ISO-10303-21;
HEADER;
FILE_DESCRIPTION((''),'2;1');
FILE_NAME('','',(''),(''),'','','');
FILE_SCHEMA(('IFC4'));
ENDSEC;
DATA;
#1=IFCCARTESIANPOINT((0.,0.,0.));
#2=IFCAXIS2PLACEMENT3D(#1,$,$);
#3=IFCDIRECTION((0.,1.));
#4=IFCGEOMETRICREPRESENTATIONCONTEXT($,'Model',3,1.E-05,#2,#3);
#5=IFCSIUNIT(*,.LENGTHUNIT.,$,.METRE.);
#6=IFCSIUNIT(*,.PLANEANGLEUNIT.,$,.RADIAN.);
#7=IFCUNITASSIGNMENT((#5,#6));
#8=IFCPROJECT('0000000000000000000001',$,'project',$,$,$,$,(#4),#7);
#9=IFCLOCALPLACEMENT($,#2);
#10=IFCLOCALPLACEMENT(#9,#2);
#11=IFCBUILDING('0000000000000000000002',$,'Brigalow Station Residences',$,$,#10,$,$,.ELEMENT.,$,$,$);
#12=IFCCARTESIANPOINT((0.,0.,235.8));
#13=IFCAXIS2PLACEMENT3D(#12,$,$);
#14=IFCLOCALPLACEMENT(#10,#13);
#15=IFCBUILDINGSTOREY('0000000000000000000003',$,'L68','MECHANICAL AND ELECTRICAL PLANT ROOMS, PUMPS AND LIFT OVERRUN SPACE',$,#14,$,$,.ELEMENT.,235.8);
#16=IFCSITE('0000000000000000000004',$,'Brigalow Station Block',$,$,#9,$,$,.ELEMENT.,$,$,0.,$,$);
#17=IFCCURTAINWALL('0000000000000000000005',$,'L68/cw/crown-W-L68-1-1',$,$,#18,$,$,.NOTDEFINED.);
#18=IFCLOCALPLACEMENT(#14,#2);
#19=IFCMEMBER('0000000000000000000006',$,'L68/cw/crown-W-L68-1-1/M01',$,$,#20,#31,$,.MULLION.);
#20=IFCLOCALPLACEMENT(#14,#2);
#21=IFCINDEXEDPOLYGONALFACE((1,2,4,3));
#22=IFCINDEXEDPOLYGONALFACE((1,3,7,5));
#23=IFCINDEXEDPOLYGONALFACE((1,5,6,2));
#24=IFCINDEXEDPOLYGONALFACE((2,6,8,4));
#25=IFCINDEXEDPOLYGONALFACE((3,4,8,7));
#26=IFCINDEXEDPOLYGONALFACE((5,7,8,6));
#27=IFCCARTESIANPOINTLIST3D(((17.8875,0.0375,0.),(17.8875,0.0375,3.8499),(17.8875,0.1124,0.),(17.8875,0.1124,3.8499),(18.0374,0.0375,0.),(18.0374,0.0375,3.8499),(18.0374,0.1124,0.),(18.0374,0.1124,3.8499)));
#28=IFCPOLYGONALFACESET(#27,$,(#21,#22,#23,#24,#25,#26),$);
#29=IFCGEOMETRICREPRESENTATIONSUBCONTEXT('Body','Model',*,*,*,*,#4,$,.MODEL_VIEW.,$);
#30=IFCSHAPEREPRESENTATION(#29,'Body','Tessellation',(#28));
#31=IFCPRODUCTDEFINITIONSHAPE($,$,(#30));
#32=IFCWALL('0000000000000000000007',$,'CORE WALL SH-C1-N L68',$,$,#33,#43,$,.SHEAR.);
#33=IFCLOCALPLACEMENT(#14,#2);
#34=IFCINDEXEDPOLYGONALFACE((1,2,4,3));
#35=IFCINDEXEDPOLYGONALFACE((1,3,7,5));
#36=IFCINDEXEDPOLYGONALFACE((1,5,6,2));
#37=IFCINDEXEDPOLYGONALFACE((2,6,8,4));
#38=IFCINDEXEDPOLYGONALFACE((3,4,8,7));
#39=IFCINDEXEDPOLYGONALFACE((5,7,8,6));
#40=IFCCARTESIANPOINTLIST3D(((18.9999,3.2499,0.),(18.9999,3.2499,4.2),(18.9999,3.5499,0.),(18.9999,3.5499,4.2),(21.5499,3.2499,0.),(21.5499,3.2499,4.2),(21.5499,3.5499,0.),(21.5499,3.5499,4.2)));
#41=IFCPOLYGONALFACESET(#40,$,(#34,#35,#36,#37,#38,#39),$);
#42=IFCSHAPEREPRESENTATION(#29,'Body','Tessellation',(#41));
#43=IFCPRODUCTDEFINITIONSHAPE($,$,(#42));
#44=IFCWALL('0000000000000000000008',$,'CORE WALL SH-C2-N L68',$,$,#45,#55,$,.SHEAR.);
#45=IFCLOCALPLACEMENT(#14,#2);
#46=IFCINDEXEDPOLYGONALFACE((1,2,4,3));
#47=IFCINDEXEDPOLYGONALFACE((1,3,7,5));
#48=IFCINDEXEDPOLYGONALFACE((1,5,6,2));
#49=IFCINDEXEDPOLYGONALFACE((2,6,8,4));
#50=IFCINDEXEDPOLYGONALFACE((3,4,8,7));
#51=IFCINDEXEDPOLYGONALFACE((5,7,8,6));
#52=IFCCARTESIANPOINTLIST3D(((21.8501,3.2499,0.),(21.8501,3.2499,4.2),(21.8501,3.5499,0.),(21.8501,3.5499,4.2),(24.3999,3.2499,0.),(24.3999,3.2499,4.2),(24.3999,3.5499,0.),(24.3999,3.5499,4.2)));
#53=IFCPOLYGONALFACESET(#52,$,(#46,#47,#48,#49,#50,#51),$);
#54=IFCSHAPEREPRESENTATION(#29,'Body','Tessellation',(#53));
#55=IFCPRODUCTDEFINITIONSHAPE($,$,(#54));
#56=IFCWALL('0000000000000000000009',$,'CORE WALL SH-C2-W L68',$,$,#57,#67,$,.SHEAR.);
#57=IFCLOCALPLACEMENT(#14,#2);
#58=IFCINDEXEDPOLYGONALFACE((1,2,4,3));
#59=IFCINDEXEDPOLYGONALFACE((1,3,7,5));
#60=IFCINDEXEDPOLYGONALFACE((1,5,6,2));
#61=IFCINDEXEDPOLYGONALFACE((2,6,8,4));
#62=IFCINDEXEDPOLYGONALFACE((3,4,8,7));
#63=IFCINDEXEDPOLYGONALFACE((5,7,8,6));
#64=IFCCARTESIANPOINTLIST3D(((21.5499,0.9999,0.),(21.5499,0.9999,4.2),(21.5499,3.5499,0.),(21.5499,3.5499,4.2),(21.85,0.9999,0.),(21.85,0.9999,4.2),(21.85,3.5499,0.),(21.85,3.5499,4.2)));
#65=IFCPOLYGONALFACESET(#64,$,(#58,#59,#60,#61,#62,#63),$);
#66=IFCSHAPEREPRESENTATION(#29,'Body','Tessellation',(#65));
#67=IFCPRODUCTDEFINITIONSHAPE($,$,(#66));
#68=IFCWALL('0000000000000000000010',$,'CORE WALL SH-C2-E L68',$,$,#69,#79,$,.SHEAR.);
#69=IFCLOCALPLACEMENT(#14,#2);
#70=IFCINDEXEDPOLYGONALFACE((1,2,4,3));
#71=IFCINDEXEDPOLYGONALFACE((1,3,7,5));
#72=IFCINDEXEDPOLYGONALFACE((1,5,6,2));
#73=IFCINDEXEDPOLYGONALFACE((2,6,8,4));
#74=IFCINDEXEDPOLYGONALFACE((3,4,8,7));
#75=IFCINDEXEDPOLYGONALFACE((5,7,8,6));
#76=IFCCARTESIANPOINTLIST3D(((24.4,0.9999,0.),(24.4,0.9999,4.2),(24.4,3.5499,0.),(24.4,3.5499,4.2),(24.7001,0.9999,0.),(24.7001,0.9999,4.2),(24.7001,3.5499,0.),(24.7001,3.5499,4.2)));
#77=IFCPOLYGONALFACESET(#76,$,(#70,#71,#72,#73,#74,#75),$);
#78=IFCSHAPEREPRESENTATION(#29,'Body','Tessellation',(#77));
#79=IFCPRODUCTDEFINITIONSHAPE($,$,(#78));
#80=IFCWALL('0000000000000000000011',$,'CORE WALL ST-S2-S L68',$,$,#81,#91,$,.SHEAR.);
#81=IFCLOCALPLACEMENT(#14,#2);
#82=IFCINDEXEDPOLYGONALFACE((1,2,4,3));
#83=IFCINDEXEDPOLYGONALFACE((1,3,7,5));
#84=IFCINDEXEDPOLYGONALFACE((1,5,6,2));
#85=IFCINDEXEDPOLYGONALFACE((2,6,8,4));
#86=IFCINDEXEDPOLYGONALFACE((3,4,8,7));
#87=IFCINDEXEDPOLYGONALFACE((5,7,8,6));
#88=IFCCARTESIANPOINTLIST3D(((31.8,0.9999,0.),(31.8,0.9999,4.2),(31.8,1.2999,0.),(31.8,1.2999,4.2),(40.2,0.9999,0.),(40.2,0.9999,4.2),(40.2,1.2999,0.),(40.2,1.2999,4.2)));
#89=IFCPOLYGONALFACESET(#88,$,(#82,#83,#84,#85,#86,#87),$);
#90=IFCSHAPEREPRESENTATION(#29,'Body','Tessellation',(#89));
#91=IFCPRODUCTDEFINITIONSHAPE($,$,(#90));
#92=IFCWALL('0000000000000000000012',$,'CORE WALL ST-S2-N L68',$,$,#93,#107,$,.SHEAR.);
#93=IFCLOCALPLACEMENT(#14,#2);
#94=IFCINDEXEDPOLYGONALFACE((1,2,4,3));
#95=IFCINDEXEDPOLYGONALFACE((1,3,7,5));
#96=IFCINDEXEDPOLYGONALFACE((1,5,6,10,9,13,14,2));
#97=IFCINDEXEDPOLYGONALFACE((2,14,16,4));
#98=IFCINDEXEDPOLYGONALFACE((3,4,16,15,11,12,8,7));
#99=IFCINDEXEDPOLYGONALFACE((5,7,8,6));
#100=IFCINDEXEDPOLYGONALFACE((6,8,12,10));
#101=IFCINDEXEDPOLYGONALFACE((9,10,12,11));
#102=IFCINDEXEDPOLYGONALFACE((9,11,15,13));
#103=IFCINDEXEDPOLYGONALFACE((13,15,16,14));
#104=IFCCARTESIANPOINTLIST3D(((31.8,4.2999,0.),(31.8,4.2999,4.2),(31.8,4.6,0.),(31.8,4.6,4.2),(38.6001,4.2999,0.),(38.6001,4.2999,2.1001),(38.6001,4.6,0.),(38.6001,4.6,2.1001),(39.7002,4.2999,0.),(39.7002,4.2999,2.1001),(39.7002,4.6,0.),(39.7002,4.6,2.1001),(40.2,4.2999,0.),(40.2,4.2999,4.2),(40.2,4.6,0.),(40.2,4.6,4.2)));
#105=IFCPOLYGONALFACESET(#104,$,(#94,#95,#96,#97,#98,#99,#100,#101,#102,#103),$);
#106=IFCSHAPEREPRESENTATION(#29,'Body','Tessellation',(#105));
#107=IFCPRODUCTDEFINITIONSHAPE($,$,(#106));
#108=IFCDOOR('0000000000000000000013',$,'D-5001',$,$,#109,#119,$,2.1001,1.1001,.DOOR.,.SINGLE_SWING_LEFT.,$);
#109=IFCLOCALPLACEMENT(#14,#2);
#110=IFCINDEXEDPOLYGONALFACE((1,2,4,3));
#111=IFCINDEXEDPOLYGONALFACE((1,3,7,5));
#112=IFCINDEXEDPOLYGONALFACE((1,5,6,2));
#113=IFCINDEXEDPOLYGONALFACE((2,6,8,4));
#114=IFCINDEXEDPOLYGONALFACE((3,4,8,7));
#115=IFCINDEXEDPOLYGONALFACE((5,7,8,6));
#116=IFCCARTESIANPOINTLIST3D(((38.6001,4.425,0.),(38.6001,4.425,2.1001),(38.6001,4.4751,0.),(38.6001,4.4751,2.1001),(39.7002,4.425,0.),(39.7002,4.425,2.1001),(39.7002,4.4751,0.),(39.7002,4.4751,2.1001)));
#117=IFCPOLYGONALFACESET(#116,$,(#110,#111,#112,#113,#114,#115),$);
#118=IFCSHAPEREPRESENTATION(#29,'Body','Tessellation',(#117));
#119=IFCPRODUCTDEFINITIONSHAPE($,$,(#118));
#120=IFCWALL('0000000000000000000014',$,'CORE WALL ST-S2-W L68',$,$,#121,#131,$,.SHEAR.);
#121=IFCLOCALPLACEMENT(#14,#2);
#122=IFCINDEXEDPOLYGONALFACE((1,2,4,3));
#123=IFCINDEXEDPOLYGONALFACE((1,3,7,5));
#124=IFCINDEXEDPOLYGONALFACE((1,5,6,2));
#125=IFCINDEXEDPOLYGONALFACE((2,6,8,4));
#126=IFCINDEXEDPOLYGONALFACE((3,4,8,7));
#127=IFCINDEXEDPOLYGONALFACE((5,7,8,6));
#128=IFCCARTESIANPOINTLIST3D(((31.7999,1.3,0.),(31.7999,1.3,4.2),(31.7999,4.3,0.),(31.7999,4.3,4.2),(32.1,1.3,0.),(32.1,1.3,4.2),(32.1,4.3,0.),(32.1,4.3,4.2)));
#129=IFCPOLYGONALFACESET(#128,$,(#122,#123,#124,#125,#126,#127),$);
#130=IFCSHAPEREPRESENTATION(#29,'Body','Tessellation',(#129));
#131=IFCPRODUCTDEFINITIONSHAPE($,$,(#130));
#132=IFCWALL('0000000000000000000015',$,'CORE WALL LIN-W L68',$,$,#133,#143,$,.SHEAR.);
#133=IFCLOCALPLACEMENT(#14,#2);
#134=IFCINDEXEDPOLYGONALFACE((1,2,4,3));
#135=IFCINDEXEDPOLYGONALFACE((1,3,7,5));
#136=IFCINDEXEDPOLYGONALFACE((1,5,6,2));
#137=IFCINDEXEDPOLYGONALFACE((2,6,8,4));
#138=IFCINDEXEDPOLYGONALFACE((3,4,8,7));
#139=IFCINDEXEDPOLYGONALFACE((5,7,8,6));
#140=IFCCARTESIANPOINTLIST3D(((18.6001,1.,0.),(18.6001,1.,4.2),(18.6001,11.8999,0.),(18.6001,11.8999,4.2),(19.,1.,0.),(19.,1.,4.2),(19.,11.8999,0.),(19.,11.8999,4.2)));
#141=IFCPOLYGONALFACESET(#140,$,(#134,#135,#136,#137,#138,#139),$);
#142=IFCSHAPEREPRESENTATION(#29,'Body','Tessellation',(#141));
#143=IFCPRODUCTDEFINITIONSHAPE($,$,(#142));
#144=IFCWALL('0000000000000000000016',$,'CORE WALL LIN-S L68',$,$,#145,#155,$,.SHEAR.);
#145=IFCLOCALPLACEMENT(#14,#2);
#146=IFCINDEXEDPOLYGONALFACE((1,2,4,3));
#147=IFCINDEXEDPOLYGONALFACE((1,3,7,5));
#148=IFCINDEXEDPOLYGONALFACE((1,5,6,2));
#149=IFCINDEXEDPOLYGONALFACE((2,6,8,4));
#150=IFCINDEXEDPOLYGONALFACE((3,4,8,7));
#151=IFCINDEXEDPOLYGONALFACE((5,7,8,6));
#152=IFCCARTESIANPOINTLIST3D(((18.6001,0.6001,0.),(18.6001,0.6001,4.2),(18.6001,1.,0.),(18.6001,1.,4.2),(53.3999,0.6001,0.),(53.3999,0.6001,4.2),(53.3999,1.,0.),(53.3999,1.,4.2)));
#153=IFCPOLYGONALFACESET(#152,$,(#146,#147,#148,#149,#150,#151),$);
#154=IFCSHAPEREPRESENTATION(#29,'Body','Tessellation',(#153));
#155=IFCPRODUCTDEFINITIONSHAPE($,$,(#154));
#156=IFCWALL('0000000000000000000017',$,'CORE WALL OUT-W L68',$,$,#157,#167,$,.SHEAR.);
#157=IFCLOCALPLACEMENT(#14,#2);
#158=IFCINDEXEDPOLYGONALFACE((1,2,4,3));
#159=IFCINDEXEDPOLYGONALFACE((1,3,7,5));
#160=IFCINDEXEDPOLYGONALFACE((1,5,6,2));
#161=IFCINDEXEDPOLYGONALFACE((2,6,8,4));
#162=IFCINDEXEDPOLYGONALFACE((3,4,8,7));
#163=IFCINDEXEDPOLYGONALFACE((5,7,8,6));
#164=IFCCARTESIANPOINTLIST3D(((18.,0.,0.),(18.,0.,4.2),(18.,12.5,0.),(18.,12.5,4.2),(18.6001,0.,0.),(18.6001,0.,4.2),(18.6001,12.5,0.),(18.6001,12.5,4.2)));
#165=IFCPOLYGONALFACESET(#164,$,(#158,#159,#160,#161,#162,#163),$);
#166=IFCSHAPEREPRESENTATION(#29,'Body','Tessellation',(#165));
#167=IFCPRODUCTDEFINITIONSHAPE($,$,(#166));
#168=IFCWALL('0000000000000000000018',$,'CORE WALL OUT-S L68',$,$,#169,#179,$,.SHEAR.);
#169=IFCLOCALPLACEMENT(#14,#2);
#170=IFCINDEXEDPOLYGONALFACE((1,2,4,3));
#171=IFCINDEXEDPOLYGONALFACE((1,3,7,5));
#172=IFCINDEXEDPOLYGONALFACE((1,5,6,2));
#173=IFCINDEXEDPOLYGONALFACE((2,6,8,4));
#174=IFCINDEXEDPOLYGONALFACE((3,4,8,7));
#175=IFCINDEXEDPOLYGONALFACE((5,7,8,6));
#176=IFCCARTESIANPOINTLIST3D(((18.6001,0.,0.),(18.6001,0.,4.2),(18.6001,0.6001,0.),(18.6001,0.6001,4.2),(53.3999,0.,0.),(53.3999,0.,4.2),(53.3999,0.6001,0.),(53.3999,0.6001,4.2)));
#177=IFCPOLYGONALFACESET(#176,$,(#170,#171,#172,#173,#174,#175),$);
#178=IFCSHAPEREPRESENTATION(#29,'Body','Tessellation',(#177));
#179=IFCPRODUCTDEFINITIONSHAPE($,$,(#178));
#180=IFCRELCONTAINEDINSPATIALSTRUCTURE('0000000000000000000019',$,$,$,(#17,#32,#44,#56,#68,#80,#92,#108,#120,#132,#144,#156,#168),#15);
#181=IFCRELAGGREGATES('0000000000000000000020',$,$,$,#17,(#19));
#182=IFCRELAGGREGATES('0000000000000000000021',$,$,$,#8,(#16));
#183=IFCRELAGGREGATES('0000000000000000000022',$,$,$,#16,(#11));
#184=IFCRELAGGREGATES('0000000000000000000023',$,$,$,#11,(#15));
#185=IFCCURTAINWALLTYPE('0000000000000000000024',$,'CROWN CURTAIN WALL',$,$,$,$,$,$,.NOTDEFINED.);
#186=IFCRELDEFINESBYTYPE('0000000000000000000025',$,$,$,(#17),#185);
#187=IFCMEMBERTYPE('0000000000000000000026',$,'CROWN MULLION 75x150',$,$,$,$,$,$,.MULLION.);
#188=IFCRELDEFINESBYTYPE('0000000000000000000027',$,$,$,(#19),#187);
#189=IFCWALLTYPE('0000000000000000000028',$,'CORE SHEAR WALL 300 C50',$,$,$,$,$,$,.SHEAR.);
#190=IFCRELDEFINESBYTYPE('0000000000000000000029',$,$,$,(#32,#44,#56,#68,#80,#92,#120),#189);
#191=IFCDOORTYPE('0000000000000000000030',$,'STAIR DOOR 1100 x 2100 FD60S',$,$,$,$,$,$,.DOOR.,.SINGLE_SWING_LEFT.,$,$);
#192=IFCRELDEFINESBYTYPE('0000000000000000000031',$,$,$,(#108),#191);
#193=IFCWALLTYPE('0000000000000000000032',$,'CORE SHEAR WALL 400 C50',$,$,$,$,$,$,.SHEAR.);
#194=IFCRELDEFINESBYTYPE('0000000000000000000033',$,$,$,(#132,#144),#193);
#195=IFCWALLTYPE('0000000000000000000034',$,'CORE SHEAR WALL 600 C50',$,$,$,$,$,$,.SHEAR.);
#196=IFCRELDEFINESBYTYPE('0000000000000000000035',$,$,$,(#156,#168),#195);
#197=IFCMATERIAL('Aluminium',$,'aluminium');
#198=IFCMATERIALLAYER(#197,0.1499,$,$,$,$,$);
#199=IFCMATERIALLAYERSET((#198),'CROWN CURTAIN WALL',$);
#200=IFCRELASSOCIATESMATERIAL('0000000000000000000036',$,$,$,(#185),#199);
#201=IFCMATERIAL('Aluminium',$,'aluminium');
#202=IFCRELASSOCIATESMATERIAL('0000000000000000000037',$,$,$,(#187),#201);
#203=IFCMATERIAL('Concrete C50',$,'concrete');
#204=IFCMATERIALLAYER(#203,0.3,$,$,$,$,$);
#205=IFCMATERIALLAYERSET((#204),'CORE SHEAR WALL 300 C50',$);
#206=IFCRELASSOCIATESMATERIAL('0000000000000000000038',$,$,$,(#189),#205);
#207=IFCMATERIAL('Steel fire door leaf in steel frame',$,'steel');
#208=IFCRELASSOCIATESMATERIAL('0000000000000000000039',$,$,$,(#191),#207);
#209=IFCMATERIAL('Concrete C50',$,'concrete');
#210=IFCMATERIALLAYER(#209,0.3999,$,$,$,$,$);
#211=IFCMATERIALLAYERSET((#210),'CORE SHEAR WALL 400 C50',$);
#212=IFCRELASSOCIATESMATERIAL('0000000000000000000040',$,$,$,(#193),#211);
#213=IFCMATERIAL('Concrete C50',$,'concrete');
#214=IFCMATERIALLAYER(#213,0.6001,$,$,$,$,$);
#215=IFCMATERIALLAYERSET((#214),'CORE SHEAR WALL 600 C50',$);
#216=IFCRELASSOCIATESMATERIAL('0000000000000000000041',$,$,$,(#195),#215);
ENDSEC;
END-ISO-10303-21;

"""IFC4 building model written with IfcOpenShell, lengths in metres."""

from ifc_helpers import new_model, si_unit, direction, frame, frame_2d, origin, origin_2d, place, context, subcontext, project, spatial, rectangle, extrude, material, layer, layer_set, material_profile, profile_set, type_object, element, fill, aggregate, save


model = new_model("IFC4")

# Units and contexts
model_context = context("Model", 3, precision=1e-05, world=origin(), true_north=direction((0.0, 1.0)))
body_context = subcontext(model_context, "Body", "Model", "MODEL_VIEW")
ifc_project = project(units=[si_unit("LENGTHUNIT", "METRE"), si_unit("PLANEANGLEUNIT", "RADIAN")], contexts=[model_context])

# Site, building, storey
site_placement = place(None, origin())
site = spatial("IfcSite", under=ifc_project, at=site_placement, Name="Brigalow Station Block", CompositionType="ELEMENT", RefElevation=0.0)
building_placement = place(site_placement, origin())
building = spatial("IfcBuilding", under=site, at=building_placement, Name="Brigalow Station Residences", CompositionType="ELEMENT")
storey_placement = place(building_placement, frame((0.0, 0.0, 235.8)))
storey = spatial("IfcBuildingStorey", under=building, at=storey_placement, Name="L68", Description="MECHANICAL AND ELECTRICAL PLANT ROOMS, PUMPS AND LIFT OVERRUN SPACE", CompositionType="ELEMENT", Elevation=235.8)

# Curtain wall, member
ifc_material_1 = material(Name="Aluminium", Category="aluminium")
ifc_layer_1 = layer(ifc_material_1, 0.1499)
ifc_layer_set_1 = layer_set([ifc_layer_1], Name="CROWN CURTAIN WALL")
curtain_wall_type = type_object("IfcCurtainWallType", Name="CROWN CURTAIN WALL", PredefinedType="NOTDEFINED", material=ifc_layer_set_1)
curtain_wall_placement = place(storey_placement, origin())
curtain_wall = element("IfcCurtainWall", 1, at=curtain_wall_placement, inside=storey, type_object=curtain_wall_type, Name="L68/cw/crown-W-L68-1-1", PredefinedType="NOTDEFINED")
ifc_material_2 = material(Name="Aluminium", Category="aluminium")
ifc_material_profile = material_profile(ifc_material_2, rectangle(XDim=0.075, YDim=0.1499, at=origin_2d()), Name="CROWN MULLION 75x150")
ifc_profile_set = profile_set([ifc_material_profile], Name="Aluminium")
member_type = type_object("IfcMemberType", Name="CROWN MULLION 75x150", PredefinedType="MULLION", material=ifc_profile_set)
member_placement = place(storey_placement, frame((17.9624, 0.075, 0.0), z_axis=(0.0, 0.0, 1.0), x_axis=(0.0, 1.0, 0.0)))
member = element("IfcMember", 2, at=member_placement, type_object=member_type, Name="L68/cw/crown-W-L68-1-1/M01", PredefinedType="MULLION", context=body_context, shape_type="SweptSolid", body=[
    extrude(rectangle(XDim=0.075, YDim=0.1499, at=origin_2d()), origin(), (0.0, 0.0, 1.0), 3.8499),
])

# Walls
ifc_material_3 = material(Name="Concrete C50", Category="concrete")
ifc_layer_2 = layer(ifc_material_3, 0.3)
ifc_layer_set_2 = layer_set([ifc_layer_2], Name="CORE SHEAR WALL 300 C50")
wall_type_1 = type_object("IfcWallType", Name="CORE SHEAR WALL 300 C50", PredefinedType="SHEAR", material=ifc_layer_set_2)
wall_1_placement = place(storey_placement, frame((19.0, 3.3999, 0.0), z_axis=(0.0, 0.0, 1.0), x_axis=(1.0, 0.0, 0.0)))
element("IfcWall", 3, at=wall_1_placement, inside=storey, type_object=wall_type_1, Name="CORE WALL SH-C1-N L68", PredefinedType="SHEAR", context=body_context, shape_type="SweptSolid", body=[
    extrude(rectangle(XDim=2.55, YDim=0.3, at=frame_2d((1.2749, 0.0))), origin(), (0.0, 0.0, 1.0), 4.2),
])
wall_2_placement = place(storey_placement, frame((21.8501, 3.3999, 0.0), z_axis=(0.0, 0.0, 1.0), x_axis=(1.0, 0.0, 0.0)))
element("IfcWall", 4, at=wall_2_placement, inside=storey, type_object=wall_type_1, Name="CORE WALL SH-C2-N L68", PredefinedType="SHEAR", context=body_context, shape_type="SweptSolid", body=[
    extrude(rectangle(XDim=2.5498, YDim=0.3, at=frame_2d((1.2749, 0.0))), origin(), (0.0, 0.0, 1.0), 4.2),
])
for number, where, z_axis, x_axis, name in (
    (5, (21.7, 1.0, 0.0), (0.0, 0.0, 1.0), (0.0, 1.0, 0.0), "CORE WALL SH-C2-W L68"),
    (6, (24.55, 1.0, 0.0), (0.0, 0.0, 1.0), (0.0, 1.0, 0.0), "CORE WALL SH-C2-E L68"),
):
    element("IfcWall", number, at=place(storey_placement, frame(where, z_axis=z_axis, x_axis=x_axis)), inside=storey, type_object=wall_type_1, Name=name, PredefinedType="SHEAR", context=body_context, shape_type="SweptSolid", body=[
        extrude(rectangle(XDim=2.55, YDim=0.3, at=frame_2d((1.2749, 0.0))), origin(), (0.0, 0.0, 1.0), 4.2),
    ])
wall_3_placement = place(storey_placement, frame((31.8, 1.1499, 0.0), z_axis=(0.0, 0.0, 1.0), x_axis=(1.0, 0.0, 0.0)))
element("IfcWall", 7, at=wall_3_placement, inside=storey, type_object=wall_type_1, Name="CORE WALL ST-S2-S L68", PredefinedType="SHEAR", context=body_context, shape_type="SweptSolid", body=[
    extrude(rectangle(XDim=8.3999, YDim=0.3, at=frame_2d((4.2, 0.0))), origin(), (0.0, 0.0, 1.0), 4.2),
])

# Wall, opening, door
wall_4_placement = place(storey_placement, frame((31.8, 4.45, 0.0), z_axis=(0.0, 0.0, 1.0), x_axis=(1.0, 0.0, 0.0)))
wall_4 = element("IfcWall", 8, at=wall_4_placement, inside=storey, type_object=wall_type_1, Name="CORE WALL ST-S2-N L68", PredefinedType="SHEAR", context=body_context, shape_type="SweptSolid", body=[
    extrude(rectangle(XDim=8.3999, YDim=0.3, at=frame_2d((4.2, 0.0))), origin(), (0.0, 0.0, 1.0), 4.2),
])
opening_1_placement = place(wall_4_placement, frame((6.8, 0.0, 0.0)))
opening_1 = element("IfcOpeningElement", 9, at=opening_1_placement, cuts=wall_4, PredefinedType="OPENING", context=body_context, shape_type="SweptSolid", body=[
    extrude(rectangle(XDim=1.1001, YDim=2.1001, at=frame_2d((0.55, 1.05))), frame((0.0, 0.1602, 0.0), z_axis=(0.0, -1.0, 0.0), x_axis=(1.0, 0.0, 0.0)), (0.0, 0.0, 1.0), 0.3201),
])
ifc_material_4 = material(Name="Steel fire door leaf in steel frame", Category="steel")
door_type_1 = type_object("IfcDoorType", Name="STAIR DOOR 1100 x 2100 FD60S", OperationType="SINGLE_SWING_LEFT", PredefinedType="DOOR", material=ifc_material_4)
door_1_placement = place(opening_1_placement, frame((1.1001, 0.0, 0.0), z_axis=(0.0, 0.0, 1.0), x_axis=(-1.0, 0.0, 0.0)))
door_1 = element("IfcDoor", 10, at=door_1_placement, inside=storey, type_object=door_type_1, Name="D-5001", OperationType="SINGLE_SWING_LEFT", OverallHeight=2.1001, OverallWidth=1.1001, PredefinedType="DOOR", context=body_context, shape_type="SweptSolid", body=[
    extrude(rectangle(XDim=1.1001, YDim=2.1001, at=frame_2d((0.55, 1.05))), frame((0.0, 0.0249, 0.0), z_axis=(0.0, -1.0, 0.0), x_axis=(1.0, 0.0, 0.0)), (0.0, 0.0, 1.0), 0.05),
])
fill(opening_1, door_1)

# Walls
wall_5_placement = place(storey_placement, frame((31.95, 1.3, 0.0), z_axis=(0.0, 0.0, 1.0), x_axis=(0.0, 1.0, 0.0)))
element("IfcWall", 11, at=wall_5_placement, inside=storey, type_object=wall_type_1, Name="CORE WALL ST-S2-W L68", PredefinedType="SHEAR", context=body_context, shape_type="SweptSolid", body=[
    extrude(rectangle(XDim=3.0, YDim=0.3, at=frame_2d((1.5, 0.0))), origin(), (0.0, 0.0, 1.0), 4.2),
])
ifc_material_5 = material(Name="Concrete C50", Category="concrete")
ifc_layer_3 = layer(ifc_material_5, 0.3999)
ifc_layer_set_3 = layer_set([ifc_layer_3], Name="CORE SHEAR WALL 400 C50")
wall_type_2 = type_object("IfcWallType", Name="CORE SHEAR WALL 400 C50", PredefinedType="SHEAR", material=ifc_layer_set_3)
wall_6_placement = place(storey_placement, frame((18.8, 1.0, 0.0), z_axis=(0.0, 0.0, 1.0), x_axis=(0.0, 1.0, 0.0)))
element("IfcWall", 12, at=wall_6_placement, inside=storey, type_object=wall_type_2, Name="CORE WALL LIN-W L68", PredefinedType="SHEAR", context=body_context, shape_type="SweptSolid", body=[
    extrude(rectangle(XDim=10.8999, YDim=0.3999, at=frame_2d((5.45, 0.0))), origin(), (0.0, 0.0, 1.0), 4.2),
])
wall_7_placement = place(storey_placement, frame((18.6001, 0.8, 0.0), z_axis=(0.0, 0.0, 1.0), x_axis=(1.0, 0.0, 0.0)))
element("IfcWall", 13, at=wall_7_placement, inside=storey, type_object=wall_type_2, Name="CORE WALL LIN-S L68", PredefinedType="SHEAR", context=body_context, shape_type="SweptSolid", body=[
    extrude(rectangle(XDim=34.7998, YDim=0.3999, at=frame_2d((17.3999, 0.0))), origin(), (0.0, 0.0, 1.0), 4.2),
])
ifc_material_6 = material(Name="Concrete C50", Category="concrete")
ifc_layer_4 = layer(ifc_material_6, 0.6001)
ifc_layer_set_4 = layer_set([ifc_layer_4], Name="CORE SHEAR WALL 600 C50")
wall_type_3 = type_object("IfcWallType", Name="CORE SHEAR WALL 600 C50", PredefinedType="SHEAR", material=ifc_layer_set_4)
wall_8_placement = place(storey_placement, frame((18.3, 0.0, 0.0), z_axis=(0.0, 0.0, 1.0), x_axis=(0.0, 1.0, 0.0)))
element("IfcWall", 14, at=wall_8_placement, inside=storey, type_object=wall_type_3, Name="CORE WALL OUT-W L68", PredefinedType="SHEAR", context=body_context, shape_type="SweptSolid", body=[
    extrude(rectangle(XDim=12.5, YDim=0.6001, at=frame_2d((6.25, 0.0))), origin(), (0.0, 0.0, 1.0), 4.2),
])
wall_9_placement = place(storey_placement, frame((18.6001, 0.3, 0.0), z_axis=(0.0, 0.0, 1.0), x_axis=(1.0, 0.0, 0.0)))
element("IfcWall", 15, at=wall_9_placement, inside=storey, type_object=wall_type_3, Name="CORE WALL OUT-S L68", PredefinedType="SHEAR", context=body_context, shape_type="SweptSolid", body=[
    extrude(rectangle(XDim=34.7998, YDim=0.6001, at=frame_2d((17.3999, 0.0))), origin(), (0.0, 0.0, 1.0), 4.2),
])

aggregate(curtain_wall, [member])

save(model, "model.ifc")
